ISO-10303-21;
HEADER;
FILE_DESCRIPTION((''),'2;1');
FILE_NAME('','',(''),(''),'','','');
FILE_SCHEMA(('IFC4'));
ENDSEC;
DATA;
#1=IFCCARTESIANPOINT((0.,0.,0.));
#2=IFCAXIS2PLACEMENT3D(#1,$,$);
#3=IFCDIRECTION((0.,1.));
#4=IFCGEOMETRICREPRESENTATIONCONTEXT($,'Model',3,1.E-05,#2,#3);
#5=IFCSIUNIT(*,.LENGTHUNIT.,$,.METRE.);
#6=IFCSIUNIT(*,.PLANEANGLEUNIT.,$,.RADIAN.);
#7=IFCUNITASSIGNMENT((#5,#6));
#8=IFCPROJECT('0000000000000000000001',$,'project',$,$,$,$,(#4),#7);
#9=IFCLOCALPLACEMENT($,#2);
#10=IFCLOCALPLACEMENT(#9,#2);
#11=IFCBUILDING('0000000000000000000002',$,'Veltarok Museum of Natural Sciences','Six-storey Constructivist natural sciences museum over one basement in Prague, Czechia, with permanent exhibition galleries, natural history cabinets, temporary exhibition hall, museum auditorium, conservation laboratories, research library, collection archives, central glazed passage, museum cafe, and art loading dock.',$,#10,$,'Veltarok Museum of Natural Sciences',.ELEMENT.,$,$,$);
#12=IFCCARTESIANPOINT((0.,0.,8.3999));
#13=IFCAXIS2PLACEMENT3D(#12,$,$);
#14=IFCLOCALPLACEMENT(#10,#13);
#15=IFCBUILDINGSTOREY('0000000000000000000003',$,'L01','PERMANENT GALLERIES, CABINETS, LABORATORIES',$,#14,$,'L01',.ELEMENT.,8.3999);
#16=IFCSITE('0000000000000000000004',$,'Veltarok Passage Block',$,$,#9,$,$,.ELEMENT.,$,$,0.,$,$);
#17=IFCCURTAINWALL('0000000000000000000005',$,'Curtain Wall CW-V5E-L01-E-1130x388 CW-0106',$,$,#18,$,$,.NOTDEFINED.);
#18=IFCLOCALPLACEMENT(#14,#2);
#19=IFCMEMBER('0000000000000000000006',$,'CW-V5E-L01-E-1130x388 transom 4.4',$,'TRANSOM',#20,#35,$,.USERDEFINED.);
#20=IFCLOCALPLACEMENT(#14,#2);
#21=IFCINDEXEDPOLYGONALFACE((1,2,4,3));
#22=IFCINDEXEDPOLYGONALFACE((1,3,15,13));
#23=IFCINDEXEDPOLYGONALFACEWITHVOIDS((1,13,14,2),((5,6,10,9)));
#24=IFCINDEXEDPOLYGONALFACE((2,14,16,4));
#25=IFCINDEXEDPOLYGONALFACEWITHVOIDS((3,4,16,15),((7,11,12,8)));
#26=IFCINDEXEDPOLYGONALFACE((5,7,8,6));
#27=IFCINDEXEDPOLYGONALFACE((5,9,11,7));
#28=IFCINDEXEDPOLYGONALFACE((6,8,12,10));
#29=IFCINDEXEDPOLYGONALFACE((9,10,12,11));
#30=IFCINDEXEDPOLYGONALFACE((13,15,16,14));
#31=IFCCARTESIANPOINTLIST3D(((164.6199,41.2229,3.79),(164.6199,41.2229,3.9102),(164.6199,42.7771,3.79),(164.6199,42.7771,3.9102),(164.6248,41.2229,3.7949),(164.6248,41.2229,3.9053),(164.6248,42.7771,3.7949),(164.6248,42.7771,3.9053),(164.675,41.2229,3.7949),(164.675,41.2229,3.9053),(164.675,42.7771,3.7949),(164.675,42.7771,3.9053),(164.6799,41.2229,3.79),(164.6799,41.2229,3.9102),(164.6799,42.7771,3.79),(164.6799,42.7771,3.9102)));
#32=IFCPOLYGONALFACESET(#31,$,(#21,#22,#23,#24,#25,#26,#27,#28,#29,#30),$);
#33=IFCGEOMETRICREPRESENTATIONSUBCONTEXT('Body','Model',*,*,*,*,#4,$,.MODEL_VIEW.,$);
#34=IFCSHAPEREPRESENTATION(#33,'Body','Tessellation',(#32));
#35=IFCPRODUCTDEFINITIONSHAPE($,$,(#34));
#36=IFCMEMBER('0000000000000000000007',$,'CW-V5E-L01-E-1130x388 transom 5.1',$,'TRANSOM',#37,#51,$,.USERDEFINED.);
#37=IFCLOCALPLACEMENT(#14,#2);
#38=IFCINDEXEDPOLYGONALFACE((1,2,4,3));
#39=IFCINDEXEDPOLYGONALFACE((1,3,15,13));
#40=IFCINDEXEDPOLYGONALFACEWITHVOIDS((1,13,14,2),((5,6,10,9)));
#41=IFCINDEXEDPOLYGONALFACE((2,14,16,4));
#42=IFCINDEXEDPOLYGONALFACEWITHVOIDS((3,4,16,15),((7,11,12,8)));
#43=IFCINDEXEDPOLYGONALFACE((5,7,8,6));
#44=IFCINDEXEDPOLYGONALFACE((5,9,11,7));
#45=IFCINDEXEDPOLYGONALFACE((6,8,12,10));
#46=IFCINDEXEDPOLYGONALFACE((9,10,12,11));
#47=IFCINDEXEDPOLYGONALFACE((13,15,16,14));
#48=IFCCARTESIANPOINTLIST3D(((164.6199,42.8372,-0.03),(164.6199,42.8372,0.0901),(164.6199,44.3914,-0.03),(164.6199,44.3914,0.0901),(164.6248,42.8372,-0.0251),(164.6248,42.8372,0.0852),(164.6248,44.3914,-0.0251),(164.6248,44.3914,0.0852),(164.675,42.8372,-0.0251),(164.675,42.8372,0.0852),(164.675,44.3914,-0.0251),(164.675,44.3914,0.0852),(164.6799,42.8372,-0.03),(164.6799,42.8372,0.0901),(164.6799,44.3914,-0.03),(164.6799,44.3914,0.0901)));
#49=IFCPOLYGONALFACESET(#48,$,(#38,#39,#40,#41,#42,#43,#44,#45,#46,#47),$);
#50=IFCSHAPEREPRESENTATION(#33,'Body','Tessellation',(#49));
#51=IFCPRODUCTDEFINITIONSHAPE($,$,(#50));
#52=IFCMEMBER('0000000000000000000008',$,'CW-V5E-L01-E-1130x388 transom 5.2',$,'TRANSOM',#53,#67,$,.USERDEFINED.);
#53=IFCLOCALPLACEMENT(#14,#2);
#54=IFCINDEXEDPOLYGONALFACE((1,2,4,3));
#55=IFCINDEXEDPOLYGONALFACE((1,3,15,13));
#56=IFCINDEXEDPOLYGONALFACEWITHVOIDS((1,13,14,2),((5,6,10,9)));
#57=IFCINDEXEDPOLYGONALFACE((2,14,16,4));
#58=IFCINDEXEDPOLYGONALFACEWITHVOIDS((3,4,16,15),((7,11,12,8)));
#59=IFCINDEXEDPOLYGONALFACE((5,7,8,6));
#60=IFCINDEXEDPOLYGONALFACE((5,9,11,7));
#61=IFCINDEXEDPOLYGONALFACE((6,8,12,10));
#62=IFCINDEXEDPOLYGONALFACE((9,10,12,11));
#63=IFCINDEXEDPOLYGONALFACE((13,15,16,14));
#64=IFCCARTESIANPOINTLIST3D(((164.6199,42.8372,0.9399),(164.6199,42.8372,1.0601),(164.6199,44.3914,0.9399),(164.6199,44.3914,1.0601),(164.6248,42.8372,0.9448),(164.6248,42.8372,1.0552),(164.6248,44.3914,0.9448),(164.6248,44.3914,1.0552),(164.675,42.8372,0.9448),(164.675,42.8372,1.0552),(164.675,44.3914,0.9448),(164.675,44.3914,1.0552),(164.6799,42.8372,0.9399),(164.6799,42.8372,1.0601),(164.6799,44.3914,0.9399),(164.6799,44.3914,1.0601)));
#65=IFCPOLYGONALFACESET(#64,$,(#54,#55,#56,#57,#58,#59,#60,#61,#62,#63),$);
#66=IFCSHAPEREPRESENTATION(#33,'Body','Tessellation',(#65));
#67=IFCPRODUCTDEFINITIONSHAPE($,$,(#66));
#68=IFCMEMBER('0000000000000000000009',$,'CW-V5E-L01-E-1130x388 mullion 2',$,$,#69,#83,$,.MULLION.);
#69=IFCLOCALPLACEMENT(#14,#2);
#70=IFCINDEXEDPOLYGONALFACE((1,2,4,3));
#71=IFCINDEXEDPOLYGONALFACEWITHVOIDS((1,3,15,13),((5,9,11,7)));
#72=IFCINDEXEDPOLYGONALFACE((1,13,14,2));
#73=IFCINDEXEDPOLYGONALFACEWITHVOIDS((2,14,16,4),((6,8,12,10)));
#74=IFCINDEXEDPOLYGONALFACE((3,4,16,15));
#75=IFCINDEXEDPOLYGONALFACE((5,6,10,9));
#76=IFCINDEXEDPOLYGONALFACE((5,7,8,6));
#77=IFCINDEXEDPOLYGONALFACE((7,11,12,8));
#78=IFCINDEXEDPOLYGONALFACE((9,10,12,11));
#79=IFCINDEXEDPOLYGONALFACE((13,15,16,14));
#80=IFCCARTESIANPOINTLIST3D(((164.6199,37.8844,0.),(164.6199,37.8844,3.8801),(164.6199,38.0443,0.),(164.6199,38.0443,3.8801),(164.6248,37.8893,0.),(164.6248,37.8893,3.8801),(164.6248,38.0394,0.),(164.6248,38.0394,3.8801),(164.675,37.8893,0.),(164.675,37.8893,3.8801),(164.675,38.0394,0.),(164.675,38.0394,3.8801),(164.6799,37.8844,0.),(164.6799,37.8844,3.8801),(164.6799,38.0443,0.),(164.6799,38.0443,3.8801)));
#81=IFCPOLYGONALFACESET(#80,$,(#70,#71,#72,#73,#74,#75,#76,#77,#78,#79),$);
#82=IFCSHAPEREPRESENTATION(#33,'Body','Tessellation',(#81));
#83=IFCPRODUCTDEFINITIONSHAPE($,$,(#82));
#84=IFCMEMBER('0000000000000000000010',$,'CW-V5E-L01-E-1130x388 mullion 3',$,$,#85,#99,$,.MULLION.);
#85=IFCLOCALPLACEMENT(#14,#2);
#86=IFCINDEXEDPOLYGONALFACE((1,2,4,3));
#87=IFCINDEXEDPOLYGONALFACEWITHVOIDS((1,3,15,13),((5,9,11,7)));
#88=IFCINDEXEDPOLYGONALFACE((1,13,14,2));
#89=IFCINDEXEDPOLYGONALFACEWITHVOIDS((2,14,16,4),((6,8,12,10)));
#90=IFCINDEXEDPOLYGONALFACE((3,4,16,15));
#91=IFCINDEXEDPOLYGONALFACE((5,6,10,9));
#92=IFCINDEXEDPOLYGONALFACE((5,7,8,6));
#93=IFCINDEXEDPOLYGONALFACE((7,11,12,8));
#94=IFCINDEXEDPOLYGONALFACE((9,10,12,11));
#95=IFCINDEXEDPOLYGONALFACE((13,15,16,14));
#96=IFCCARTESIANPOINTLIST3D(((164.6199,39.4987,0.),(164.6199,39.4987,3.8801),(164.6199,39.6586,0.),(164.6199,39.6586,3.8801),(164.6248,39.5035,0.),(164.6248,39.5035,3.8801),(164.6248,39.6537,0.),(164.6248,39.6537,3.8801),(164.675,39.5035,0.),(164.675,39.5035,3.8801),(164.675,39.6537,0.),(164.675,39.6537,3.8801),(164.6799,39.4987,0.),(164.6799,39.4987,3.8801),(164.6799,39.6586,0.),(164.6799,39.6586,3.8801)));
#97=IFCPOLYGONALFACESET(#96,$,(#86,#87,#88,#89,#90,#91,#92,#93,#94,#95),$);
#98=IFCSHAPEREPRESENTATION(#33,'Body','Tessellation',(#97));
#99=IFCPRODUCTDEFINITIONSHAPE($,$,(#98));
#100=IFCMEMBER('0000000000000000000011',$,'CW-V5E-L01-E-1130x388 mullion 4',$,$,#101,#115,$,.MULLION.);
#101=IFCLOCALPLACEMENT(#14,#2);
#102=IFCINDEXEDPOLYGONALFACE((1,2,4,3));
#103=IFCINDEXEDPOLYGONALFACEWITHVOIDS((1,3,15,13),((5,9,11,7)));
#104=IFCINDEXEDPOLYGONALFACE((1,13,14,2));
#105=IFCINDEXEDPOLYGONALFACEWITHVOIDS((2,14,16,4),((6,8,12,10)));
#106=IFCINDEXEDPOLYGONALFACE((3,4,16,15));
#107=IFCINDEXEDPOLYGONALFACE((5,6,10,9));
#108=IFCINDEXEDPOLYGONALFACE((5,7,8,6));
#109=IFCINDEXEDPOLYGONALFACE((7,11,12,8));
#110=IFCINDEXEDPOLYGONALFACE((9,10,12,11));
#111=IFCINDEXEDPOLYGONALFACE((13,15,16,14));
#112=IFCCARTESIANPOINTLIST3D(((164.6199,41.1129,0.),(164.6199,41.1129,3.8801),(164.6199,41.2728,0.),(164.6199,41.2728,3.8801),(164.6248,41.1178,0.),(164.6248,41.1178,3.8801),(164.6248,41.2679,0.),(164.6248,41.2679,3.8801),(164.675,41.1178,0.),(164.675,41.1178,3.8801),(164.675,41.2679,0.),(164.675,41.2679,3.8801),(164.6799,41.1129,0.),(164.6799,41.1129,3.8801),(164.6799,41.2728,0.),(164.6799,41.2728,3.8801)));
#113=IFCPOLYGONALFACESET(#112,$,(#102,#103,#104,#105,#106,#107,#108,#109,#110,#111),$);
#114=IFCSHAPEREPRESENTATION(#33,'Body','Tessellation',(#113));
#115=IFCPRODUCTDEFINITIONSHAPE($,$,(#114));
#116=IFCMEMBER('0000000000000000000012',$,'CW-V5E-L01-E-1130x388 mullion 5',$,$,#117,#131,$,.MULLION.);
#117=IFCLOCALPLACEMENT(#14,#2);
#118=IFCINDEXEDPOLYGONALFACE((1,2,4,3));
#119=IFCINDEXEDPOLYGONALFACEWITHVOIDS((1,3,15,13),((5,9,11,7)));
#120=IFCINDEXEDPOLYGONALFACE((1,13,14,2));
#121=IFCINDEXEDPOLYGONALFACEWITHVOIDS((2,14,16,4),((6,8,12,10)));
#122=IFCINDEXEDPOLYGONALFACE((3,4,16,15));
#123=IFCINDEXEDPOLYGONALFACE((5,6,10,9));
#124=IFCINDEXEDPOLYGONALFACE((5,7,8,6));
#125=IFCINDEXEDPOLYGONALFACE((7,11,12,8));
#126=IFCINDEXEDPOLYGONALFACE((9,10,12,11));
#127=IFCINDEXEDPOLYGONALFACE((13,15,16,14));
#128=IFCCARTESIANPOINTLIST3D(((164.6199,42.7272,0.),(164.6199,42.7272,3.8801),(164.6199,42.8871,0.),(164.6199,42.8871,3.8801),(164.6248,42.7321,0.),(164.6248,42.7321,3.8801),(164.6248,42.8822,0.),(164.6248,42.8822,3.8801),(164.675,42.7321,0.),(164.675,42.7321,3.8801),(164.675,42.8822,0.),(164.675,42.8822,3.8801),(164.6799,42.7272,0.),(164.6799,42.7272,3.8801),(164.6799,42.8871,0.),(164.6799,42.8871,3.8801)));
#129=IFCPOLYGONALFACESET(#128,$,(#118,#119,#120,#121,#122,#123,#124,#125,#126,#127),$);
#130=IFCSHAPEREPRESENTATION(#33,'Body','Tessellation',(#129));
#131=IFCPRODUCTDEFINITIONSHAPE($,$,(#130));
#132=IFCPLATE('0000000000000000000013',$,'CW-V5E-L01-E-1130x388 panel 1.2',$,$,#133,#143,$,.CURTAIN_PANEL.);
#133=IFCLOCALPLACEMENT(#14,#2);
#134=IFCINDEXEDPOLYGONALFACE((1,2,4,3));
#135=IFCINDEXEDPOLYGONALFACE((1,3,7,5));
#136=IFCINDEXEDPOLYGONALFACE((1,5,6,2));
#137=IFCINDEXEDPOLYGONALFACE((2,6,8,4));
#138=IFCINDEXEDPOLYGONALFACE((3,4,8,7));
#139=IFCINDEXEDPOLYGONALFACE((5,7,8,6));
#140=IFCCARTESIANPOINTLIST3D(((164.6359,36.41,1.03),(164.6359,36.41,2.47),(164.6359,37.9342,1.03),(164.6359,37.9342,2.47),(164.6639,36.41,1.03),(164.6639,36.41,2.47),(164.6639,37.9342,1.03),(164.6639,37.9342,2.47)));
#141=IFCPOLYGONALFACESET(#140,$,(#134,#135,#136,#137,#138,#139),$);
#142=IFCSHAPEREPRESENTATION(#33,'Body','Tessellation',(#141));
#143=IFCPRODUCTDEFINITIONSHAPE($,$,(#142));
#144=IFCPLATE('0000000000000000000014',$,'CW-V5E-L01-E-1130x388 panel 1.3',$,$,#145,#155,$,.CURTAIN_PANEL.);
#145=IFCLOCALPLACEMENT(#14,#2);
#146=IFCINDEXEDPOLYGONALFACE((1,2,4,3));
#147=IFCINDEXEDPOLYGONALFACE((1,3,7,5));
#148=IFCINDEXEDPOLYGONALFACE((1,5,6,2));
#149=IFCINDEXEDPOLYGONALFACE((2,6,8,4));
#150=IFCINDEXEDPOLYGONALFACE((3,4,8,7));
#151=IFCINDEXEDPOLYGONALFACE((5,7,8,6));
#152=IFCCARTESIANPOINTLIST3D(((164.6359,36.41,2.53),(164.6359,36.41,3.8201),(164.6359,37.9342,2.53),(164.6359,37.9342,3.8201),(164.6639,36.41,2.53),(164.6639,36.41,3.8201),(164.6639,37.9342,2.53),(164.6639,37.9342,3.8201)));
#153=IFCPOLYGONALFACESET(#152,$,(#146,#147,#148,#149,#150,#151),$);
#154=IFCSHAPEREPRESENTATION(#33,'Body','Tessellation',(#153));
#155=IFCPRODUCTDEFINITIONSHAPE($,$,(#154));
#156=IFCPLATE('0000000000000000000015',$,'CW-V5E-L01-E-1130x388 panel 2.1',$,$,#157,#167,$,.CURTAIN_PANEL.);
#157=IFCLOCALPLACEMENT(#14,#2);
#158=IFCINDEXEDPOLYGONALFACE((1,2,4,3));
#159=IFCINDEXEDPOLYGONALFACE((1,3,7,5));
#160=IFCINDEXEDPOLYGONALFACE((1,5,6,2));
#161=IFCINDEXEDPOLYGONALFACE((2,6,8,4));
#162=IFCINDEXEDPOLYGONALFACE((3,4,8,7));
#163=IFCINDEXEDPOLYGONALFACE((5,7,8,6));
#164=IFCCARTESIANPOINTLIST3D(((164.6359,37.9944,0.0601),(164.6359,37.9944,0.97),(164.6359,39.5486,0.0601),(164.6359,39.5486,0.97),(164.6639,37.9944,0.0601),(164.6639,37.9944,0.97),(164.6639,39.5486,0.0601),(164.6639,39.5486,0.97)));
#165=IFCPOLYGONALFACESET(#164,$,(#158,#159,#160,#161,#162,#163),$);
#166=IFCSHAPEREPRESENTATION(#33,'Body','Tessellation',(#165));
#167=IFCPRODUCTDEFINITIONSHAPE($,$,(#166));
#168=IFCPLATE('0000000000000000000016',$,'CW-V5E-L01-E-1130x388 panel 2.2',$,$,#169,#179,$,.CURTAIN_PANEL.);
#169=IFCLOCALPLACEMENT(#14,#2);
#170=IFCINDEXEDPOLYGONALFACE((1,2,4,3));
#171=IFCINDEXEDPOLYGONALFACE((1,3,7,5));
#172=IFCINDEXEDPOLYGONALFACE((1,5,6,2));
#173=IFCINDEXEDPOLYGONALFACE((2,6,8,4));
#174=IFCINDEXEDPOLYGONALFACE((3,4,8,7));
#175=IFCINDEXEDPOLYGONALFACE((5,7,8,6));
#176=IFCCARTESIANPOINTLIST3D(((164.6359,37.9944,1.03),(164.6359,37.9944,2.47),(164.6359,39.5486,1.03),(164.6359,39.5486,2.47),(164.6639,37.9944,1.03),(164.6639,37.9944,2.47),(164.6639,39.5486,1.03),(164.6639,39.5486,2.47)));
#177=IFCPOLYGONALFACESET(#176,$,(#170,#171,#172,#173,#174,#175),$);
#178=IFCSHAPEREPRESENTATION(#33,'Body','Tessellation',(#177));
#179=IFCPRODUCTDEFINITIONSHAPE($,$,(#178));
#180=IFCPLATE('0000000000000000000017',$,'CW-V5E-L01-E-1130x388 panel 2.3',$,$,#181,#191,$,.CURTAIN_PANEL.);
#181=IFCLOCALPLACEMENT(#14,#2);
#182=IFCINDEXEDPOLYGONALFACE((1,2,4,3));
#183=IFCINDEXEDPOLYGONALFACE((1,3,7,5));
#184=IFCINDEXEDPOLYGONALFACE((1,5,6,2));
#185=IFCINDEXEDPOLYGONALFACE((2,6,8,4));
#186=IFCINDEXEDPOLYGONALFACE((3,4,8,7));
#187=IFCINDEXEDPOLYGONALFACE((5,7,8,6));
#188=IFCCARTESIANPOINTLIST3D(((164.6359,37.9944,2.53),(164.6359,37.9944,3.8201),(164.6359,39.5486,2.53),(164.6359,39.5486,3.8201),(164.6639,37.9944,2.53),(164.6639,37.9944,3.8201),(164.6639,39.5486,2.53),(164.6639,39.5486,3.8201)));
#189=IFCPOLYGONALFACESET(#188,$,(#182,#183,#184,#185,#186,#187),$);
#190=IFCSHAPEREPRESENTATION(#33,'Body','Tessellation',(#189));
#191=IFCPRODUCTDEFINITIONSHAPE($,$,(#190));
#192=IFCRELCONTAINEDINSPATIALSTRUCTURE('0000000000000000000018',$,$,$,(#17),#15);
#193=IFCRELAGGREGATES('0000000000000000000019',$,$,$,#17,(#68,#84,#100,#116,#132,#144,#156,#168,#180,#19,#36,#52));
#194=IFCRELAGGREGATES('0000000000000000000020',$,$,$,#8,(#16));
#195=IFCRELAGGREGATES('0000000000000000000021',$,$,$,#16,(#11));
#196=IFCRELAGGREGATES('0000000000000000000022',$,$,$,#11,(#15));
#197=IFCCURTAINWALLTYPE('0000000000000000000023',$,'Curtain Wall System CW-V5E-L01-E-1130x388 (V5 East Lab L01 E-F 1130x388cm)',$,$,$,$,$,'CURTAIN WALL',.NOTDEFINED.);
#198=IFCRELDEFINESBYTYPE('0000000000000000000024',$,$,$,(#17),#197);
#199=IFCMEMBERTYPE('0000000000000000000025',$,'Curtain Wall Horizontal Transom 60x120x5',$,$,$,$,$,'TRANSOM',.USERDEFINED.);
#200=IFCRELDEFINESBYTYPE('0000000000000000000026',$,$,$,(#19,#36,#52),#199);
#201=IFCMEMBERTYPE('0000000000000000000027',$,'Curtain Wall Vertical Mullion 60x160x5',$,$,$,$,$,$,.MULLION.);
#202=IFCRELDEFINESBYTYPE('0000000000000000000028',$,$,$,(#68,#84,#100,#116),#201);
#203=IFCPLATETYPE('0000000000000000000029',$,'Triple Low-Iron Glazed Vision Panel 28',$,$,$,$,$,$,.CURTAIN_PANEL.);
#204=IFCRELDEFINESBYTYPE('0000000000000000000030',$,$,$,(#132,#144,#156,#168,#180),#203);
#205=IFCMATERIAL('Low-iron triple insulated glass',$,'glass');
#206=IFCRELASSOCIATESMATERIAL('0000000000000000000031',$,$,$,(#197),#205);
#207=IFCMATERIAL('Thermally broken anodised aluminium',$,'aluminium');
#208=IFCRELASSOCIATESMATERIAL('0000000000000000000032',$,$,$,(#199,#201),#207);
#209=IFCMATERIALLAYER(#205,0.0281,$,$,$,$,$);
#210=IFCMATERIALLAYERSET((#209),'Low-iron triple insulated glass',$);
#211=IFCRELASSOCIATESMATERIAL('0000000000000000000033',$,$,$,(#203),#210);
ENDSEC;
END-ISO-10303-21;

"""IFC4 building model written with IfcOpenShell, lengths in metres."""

from ifc_helpers import new_model, si_unit, direction, frame, origin, origin_2d, place, context, subcontext, project, spatial, rectangle, hollow_rectangle, extrude, material, layer, layer_set, material_profile, profile_set, type_object, element, aggregate, save


model = new_model("IFC4")

# Units and contexts
model_context = context("Model", 3, precision=1e-05, world=origin(), true_north=direction((0.0, 1.0)))
body_context = subcontext(model_context, "Body", "Model", "MODEL_VIEW")
ifc_project = project(units=[si_unit("LENGTHUNIT", "METRE"), si_unit("PLANEANGLEUNIT", "RADIAN")], contexts=[model_context])

# Site, building, storey
site_placement = place(None, origin())
site = spatial("IfcSite", under=ifc_project, at=site_placement, Name="Veltarok Passage Block", CompositionType="ELEMENT", RefElevation=0.0)
building_placement = place(site_placement, origin())
building = spatial("IfcBuilding", under=site, at=building_placement, Name="Veltarok Museum of Natural Sciences", Description="Six-storey Constructivist natural sciences museum over one basement in Prague, Czechia, with permanent exhibition galleries, natural history cabinets, temporary exhibition hall, museum auditorium, conservation laboratories, research library, collection archives, central glazed passage, museum cafe, and art loading dock.", LongName="Veltarok Museum of Natural Sciences", CompositionType="ELEMENT")
storey_placement = place(building_placement, frame((0.0, 0.0, 8.3999)))
storey = spatial("IfcBuildingStorey", under=building, at=storey_placement, Name="L01", Description="PERMANENT GALLERIES, CABINETS, LABORATORIES", LongName="L01", CompositionType="ELEMENT", Elevation=8.3999)

# Curtain wall, members, plates
ifc_material_1 = material(Name="Low-iron triple insulated glass", Category="glass")
curtain_wall_type = type_object("IfcCurtainWallType", Name="Curtain Wall System CW-V5E-L01-E-1130x388 (V5 East Lab L01 E-F 1130x388cm)", ElementType="CURTAIN WALL", PredefinedType="NOTDEFINED", material=ifc_material_1)
curtain_wall_placement = place(storey_placement, origin())
curtain_wall = element("IfcCurtainWall", 1, at=curtain_wall_placement, inside=storey, type_object=curtain_wall_type, Name="Curtain Wall CW-V5E-L01-E-1130x388 CW-0106", PredefinedType="NOTDEFINED")
ifc_material_2 = material(Name="Thermally broken anodised aluminium", Category="aluminium")
ifc_material_profile_1 = material_profile(ifc_material_2, hollow_rectangle(XDim=0.0601, YDim=0.1201, WallThickness=0.0049, at=origin_2d()), Name="CW TRANSOM 60x120x5")
ifc_profile_set_1 = profile_set([ifc_material_profile_1], Name="Thermally broken anodised aluminium")
member_type_1 = type_object("IfcMemberType", Name="Curtain Wall Horizontal Transom 60x120x5", ElementType="TRANSOM", PredefinedType="USERDEFINED", material=ifc_profile_set_1)
member_1_placement = place(storey_placement, frame((164.6499, 41.2229, 3.8501), z_axis=(0.0, 1.0, 0.0), x_axis=(-1.0, 0.0, 0.0)))
member_1 = element("IfcMember", 2, at=member_1_placement, type_object=member_type_1, Name="CW-V5E-L01-E-1130x388 transom 4.4", ObjectType="TRANSOM", PredefinedType="USERDEFINED", context=body_context, shape_type="SweptSolid", body=[
    extrude(hollow_rectangle(XDim=0.0601, YDim=0.1201, WallThickness=0.0049, at=origin_2d()), origin(), (0.0, 0.0, 1.0), 1.5542),
])
member_2_placement = place(storey_placement, frame((164.6499, 42.8372, 0.03), z_axis=(0.0, 1.0, 0.0), x_axis=(-1.0, 0.0, 0.0)))
member_2 = element("IfcMember", 3, at=member_2_placement, type_object=member_type_1, Name="CW-V5E-L01-E-1130x388 transom 5.1", ObjectType="TRANSOM", PredefinedType="USERDEFINED", context=body_context, shape_type="SweptSolid", body=[
    extrude(hollow_rectangle(XDim=0.0601, YDim=0.1201, WallThickness=0.0049, at=origin_2d()), origin(), (0.0, 0.0, 1.0), 1.5542),
])
member_3_placement = place(storey_placement, frame((164.6499, 42.8372, 1.0), z_axis=(0.0, 1.0, 0.0), x_axis=(-1.0, 0.0, 0.0)))
member_3 = element("IfcMember", 4, at=member_3_placement, type_object=member_type_1, Name="CW-V5E-L01-E-1130x388 transom 5.2", ObjectType="TRANSOM", PredefinedType="USERDEFINED", context=body_context, shape_type="SweptSolid", body=[
    extrude(hollow_rectangle(XDim=0.0601, YDim=0.1201, WallThickness=0.0049, at=origin_2d()), origin(), (0.0, 0.0, 1.0), 1.5542),
])
ifc_material_profile_2 = material_profile(ifc_material_2, hollow_rectangle(XDim=0.0601, YDim=0.1599, WallThickness=0.0049, at=origin_2d()), Name="CW MULLION 60x160x5")
ifc_profile_set_2 = profile_set([ifc_material_profile_2], Name="Thermally broken anodised aluminium")
member_type_2 = type_object("IfcMemberType", Name="Curtain Wall Vertical Mullion 60x160x5", PredefinedType="MULLION", material=ifc_profile_set_2)
member_4_placement = place(storey_placement, frame((164.6499, 37.9644, 0.0), z_axis=(0.0, 0.0, 1.0), x_axis=(-1.0, 0.0, 0.0)))
member_4 = element("IfcMember", 5, at=member_4_placement, type_object=member_type_2, Name="CW-V5E-L01-E-1130x388 mullion 2", PredefinedType="MULLION", context=body_context, shape_type="SweptSolid", body=[
    extrude(hollow_rectangle(XDim=0.0601, YDim=0.1599, WallThickness=0.0049, at=origin_2d()), origin(), (0.0, 0.0, 1.0), 3.8801),
])
member_5_placement = place(storey_placement, frame((164.6499, 39.5786, 0.0), z_axis=(0.0, 0.0, 1.0), x_axis=(-1.0, 0.0, 0.0)))
member_5 = element("IfcMember", 6, at=member_5_placement, type_object=member_type_2, Name="CW-V5E-L01-E-1130x388 mullion 3", PredefinedType="MULLION", context=body_context, shape_type="SweptSolid", body=[
    extrude(hollow_rectangle(XDim=0.0601, YDim=0.1599, WallThickness=0.0049, at=origin_2d()), origin(), (0.0, 0.0, 1.0), 3.8801),
])
member_6_placement = place(storey_placement, frame((164.6499, 41.1929, 0.0), z_axis=(0.0, 0.0, 1.0), x_axis=(-1.0, 0.0, 0.0)))
member_6 = element("IfcMember", 7, at=member_6_placement, type_object=member_type_2, Name="CW-V5E-L01-E-1130x388 mullion 4", PredefinedType="MULLION", context=body_context, shape_type="SweptSolid", body=[
    extrude(hollow_rectangle(XDim=0.0601, YDim=0.1599, WallThickness=0.0049, at=origin_2d()), origin(), (0.0, 0.0, 1.0), 3.8801),
])
member_7_placement = place(storey_placement, frame((164.6499, 42.8071, 0.0), z_axis=(0.0, 0.0, 1.0), x_axis=(-1.0, 0.0, 0.0)))
member_7 = element("IfcMember", 8, at=member_7_placement, type_object=member_type_2, Name="CW-V5E-L01-E-1130x388 mullion 5", PredefinedType="MULLION", context=body_context, shape_type="SweptSolid", body=[
    extrude(hollow_rectangle(XDim=0.0601, YDim=0.1599, WallThickness=0.0049, at=origin_2d()), origin(), (0.0, 0.0, 1.0), 3.8801),
])
ifc_layer = layer(ifc_material_1, 0.0281)
ifc_layer_set = layer_set([ifc_layer], Name="Low-iron triple insulated glass")
plate_type = type_object("IfcPlateType", Name="Triple Low-Iron Glazed Vision Panel 28", PredefinedType="CURTAIN_PANEL", material=ifc_layer_set)
plate_1_placement = place(storey_placement, frame((164.6499, 37.1721, 1.03), z_axis=(0.0, 0.0, 1.0), x_axis=(0.0, 1.0, 0.0)))
plate_1 = element("IfcPlate", 9, at=plate_1_placement, type_object=plate_type, Name="CW-V5E-L01-E-1130x388 panel 1.2", PredefinedType="CURTAIN_PANEL", context=body_context, shape_type="SweptSolid", body=[
    extrude(rectangle(XDim=1.5242, YDim=0.0281, at=origin_2d()), origin(), (0.0, 0.0, 1.0), 1.4399),
])
plate_2_placement = place(storey_placement, frame((164.6499, 37.1721, 2.53), z_axis=(0.0, 0.0, 1.0), x_axis=(0.0, 1.0, 0.0)))
plate_2 = element("IfcPlate", 10, at=plate_2_placement, type_object=plate_type, Name="CW-V5E-L01-E-1130x388 panel 1.3", PredefinedType="CURTAIN_PANEL", context=body_context, shape_type="SweptSolid", body=[
    extrude(rectangle(XDim=1.5242, YDim=0.0281, at=origin_2d()), origin(), (0.0, 0.0, 1.0), 1.29),
])
plate_3_placement = place(storey_placement, frame((164.6499, 38.7715, 0.0601), z_axis=(0.0, 0.0, 1.0), x_axis=(0.0, 1.0, 0.0)))
plate_3 = element("IfcPlate", 11, at=plate_3_placement, type_object=plate_type, Name="CW-V5E-L01-E-1130x388 panel 2.1", PredefinedType="CURTAIN_PANEL", context=body_context, shape_type="SweptSolid", body=[
    extrude(rectangle(XDim=1.5542, YDim=0.0281, at=origin_2d()), origin(), (0.0, 0.0, 1.0), 0.9099),
])
plate_4_placement = place(storey_placement, frame((164.6499, 38.7715, 1.03), z_axis=(0.0, 0.0, 1.0), x_axis=(0.0, 1.0, 0.0)))
plate_4 = element("IfcPlate", 12, at=plate_4_placement, type_object=plate_type, Name="CW-V5E-L01-E-1130x388 panel 2.2", PredefinedType="CURTAIN_PANEL", context=body_context, shape_type="SweptSolid", body=[
    extrude(rectangle(XDim=1.5542, YDim=0.0281, at=origin_2d()), origin(), (0.0, 0.0, 1.0), 1.4399),
])
plate_5_placement = place(storey_placement, frame((164.6499, 38.7715, 2.53), z_axis=(0.0, 0.0, 1.0), x_axis=(0.0, 1.0, 0.0)))
plate_5 = element("IfcPlate", 13, at=plate_5_placement, type_object=plate_type, Name="CW-V5E-L01-E-1130x388 panel 2.3", PredefinedType="CURTAIN_PANEL", context=body_context, shape_type="SweptSolid", body=[
    extrude(rectangle(XDim=1.5542, YDim=0.0281, at=origin_2d()), origin(), (0.0, 0.0, 1.0), 1.29),
])
aggregate(curtain_wall, [member_4, member_5, member_6, member_7, plate_1, plate_2, plate_3, plate_4, plate_5, member_1, member_2, member_3])

save(model, "model.ifc")
